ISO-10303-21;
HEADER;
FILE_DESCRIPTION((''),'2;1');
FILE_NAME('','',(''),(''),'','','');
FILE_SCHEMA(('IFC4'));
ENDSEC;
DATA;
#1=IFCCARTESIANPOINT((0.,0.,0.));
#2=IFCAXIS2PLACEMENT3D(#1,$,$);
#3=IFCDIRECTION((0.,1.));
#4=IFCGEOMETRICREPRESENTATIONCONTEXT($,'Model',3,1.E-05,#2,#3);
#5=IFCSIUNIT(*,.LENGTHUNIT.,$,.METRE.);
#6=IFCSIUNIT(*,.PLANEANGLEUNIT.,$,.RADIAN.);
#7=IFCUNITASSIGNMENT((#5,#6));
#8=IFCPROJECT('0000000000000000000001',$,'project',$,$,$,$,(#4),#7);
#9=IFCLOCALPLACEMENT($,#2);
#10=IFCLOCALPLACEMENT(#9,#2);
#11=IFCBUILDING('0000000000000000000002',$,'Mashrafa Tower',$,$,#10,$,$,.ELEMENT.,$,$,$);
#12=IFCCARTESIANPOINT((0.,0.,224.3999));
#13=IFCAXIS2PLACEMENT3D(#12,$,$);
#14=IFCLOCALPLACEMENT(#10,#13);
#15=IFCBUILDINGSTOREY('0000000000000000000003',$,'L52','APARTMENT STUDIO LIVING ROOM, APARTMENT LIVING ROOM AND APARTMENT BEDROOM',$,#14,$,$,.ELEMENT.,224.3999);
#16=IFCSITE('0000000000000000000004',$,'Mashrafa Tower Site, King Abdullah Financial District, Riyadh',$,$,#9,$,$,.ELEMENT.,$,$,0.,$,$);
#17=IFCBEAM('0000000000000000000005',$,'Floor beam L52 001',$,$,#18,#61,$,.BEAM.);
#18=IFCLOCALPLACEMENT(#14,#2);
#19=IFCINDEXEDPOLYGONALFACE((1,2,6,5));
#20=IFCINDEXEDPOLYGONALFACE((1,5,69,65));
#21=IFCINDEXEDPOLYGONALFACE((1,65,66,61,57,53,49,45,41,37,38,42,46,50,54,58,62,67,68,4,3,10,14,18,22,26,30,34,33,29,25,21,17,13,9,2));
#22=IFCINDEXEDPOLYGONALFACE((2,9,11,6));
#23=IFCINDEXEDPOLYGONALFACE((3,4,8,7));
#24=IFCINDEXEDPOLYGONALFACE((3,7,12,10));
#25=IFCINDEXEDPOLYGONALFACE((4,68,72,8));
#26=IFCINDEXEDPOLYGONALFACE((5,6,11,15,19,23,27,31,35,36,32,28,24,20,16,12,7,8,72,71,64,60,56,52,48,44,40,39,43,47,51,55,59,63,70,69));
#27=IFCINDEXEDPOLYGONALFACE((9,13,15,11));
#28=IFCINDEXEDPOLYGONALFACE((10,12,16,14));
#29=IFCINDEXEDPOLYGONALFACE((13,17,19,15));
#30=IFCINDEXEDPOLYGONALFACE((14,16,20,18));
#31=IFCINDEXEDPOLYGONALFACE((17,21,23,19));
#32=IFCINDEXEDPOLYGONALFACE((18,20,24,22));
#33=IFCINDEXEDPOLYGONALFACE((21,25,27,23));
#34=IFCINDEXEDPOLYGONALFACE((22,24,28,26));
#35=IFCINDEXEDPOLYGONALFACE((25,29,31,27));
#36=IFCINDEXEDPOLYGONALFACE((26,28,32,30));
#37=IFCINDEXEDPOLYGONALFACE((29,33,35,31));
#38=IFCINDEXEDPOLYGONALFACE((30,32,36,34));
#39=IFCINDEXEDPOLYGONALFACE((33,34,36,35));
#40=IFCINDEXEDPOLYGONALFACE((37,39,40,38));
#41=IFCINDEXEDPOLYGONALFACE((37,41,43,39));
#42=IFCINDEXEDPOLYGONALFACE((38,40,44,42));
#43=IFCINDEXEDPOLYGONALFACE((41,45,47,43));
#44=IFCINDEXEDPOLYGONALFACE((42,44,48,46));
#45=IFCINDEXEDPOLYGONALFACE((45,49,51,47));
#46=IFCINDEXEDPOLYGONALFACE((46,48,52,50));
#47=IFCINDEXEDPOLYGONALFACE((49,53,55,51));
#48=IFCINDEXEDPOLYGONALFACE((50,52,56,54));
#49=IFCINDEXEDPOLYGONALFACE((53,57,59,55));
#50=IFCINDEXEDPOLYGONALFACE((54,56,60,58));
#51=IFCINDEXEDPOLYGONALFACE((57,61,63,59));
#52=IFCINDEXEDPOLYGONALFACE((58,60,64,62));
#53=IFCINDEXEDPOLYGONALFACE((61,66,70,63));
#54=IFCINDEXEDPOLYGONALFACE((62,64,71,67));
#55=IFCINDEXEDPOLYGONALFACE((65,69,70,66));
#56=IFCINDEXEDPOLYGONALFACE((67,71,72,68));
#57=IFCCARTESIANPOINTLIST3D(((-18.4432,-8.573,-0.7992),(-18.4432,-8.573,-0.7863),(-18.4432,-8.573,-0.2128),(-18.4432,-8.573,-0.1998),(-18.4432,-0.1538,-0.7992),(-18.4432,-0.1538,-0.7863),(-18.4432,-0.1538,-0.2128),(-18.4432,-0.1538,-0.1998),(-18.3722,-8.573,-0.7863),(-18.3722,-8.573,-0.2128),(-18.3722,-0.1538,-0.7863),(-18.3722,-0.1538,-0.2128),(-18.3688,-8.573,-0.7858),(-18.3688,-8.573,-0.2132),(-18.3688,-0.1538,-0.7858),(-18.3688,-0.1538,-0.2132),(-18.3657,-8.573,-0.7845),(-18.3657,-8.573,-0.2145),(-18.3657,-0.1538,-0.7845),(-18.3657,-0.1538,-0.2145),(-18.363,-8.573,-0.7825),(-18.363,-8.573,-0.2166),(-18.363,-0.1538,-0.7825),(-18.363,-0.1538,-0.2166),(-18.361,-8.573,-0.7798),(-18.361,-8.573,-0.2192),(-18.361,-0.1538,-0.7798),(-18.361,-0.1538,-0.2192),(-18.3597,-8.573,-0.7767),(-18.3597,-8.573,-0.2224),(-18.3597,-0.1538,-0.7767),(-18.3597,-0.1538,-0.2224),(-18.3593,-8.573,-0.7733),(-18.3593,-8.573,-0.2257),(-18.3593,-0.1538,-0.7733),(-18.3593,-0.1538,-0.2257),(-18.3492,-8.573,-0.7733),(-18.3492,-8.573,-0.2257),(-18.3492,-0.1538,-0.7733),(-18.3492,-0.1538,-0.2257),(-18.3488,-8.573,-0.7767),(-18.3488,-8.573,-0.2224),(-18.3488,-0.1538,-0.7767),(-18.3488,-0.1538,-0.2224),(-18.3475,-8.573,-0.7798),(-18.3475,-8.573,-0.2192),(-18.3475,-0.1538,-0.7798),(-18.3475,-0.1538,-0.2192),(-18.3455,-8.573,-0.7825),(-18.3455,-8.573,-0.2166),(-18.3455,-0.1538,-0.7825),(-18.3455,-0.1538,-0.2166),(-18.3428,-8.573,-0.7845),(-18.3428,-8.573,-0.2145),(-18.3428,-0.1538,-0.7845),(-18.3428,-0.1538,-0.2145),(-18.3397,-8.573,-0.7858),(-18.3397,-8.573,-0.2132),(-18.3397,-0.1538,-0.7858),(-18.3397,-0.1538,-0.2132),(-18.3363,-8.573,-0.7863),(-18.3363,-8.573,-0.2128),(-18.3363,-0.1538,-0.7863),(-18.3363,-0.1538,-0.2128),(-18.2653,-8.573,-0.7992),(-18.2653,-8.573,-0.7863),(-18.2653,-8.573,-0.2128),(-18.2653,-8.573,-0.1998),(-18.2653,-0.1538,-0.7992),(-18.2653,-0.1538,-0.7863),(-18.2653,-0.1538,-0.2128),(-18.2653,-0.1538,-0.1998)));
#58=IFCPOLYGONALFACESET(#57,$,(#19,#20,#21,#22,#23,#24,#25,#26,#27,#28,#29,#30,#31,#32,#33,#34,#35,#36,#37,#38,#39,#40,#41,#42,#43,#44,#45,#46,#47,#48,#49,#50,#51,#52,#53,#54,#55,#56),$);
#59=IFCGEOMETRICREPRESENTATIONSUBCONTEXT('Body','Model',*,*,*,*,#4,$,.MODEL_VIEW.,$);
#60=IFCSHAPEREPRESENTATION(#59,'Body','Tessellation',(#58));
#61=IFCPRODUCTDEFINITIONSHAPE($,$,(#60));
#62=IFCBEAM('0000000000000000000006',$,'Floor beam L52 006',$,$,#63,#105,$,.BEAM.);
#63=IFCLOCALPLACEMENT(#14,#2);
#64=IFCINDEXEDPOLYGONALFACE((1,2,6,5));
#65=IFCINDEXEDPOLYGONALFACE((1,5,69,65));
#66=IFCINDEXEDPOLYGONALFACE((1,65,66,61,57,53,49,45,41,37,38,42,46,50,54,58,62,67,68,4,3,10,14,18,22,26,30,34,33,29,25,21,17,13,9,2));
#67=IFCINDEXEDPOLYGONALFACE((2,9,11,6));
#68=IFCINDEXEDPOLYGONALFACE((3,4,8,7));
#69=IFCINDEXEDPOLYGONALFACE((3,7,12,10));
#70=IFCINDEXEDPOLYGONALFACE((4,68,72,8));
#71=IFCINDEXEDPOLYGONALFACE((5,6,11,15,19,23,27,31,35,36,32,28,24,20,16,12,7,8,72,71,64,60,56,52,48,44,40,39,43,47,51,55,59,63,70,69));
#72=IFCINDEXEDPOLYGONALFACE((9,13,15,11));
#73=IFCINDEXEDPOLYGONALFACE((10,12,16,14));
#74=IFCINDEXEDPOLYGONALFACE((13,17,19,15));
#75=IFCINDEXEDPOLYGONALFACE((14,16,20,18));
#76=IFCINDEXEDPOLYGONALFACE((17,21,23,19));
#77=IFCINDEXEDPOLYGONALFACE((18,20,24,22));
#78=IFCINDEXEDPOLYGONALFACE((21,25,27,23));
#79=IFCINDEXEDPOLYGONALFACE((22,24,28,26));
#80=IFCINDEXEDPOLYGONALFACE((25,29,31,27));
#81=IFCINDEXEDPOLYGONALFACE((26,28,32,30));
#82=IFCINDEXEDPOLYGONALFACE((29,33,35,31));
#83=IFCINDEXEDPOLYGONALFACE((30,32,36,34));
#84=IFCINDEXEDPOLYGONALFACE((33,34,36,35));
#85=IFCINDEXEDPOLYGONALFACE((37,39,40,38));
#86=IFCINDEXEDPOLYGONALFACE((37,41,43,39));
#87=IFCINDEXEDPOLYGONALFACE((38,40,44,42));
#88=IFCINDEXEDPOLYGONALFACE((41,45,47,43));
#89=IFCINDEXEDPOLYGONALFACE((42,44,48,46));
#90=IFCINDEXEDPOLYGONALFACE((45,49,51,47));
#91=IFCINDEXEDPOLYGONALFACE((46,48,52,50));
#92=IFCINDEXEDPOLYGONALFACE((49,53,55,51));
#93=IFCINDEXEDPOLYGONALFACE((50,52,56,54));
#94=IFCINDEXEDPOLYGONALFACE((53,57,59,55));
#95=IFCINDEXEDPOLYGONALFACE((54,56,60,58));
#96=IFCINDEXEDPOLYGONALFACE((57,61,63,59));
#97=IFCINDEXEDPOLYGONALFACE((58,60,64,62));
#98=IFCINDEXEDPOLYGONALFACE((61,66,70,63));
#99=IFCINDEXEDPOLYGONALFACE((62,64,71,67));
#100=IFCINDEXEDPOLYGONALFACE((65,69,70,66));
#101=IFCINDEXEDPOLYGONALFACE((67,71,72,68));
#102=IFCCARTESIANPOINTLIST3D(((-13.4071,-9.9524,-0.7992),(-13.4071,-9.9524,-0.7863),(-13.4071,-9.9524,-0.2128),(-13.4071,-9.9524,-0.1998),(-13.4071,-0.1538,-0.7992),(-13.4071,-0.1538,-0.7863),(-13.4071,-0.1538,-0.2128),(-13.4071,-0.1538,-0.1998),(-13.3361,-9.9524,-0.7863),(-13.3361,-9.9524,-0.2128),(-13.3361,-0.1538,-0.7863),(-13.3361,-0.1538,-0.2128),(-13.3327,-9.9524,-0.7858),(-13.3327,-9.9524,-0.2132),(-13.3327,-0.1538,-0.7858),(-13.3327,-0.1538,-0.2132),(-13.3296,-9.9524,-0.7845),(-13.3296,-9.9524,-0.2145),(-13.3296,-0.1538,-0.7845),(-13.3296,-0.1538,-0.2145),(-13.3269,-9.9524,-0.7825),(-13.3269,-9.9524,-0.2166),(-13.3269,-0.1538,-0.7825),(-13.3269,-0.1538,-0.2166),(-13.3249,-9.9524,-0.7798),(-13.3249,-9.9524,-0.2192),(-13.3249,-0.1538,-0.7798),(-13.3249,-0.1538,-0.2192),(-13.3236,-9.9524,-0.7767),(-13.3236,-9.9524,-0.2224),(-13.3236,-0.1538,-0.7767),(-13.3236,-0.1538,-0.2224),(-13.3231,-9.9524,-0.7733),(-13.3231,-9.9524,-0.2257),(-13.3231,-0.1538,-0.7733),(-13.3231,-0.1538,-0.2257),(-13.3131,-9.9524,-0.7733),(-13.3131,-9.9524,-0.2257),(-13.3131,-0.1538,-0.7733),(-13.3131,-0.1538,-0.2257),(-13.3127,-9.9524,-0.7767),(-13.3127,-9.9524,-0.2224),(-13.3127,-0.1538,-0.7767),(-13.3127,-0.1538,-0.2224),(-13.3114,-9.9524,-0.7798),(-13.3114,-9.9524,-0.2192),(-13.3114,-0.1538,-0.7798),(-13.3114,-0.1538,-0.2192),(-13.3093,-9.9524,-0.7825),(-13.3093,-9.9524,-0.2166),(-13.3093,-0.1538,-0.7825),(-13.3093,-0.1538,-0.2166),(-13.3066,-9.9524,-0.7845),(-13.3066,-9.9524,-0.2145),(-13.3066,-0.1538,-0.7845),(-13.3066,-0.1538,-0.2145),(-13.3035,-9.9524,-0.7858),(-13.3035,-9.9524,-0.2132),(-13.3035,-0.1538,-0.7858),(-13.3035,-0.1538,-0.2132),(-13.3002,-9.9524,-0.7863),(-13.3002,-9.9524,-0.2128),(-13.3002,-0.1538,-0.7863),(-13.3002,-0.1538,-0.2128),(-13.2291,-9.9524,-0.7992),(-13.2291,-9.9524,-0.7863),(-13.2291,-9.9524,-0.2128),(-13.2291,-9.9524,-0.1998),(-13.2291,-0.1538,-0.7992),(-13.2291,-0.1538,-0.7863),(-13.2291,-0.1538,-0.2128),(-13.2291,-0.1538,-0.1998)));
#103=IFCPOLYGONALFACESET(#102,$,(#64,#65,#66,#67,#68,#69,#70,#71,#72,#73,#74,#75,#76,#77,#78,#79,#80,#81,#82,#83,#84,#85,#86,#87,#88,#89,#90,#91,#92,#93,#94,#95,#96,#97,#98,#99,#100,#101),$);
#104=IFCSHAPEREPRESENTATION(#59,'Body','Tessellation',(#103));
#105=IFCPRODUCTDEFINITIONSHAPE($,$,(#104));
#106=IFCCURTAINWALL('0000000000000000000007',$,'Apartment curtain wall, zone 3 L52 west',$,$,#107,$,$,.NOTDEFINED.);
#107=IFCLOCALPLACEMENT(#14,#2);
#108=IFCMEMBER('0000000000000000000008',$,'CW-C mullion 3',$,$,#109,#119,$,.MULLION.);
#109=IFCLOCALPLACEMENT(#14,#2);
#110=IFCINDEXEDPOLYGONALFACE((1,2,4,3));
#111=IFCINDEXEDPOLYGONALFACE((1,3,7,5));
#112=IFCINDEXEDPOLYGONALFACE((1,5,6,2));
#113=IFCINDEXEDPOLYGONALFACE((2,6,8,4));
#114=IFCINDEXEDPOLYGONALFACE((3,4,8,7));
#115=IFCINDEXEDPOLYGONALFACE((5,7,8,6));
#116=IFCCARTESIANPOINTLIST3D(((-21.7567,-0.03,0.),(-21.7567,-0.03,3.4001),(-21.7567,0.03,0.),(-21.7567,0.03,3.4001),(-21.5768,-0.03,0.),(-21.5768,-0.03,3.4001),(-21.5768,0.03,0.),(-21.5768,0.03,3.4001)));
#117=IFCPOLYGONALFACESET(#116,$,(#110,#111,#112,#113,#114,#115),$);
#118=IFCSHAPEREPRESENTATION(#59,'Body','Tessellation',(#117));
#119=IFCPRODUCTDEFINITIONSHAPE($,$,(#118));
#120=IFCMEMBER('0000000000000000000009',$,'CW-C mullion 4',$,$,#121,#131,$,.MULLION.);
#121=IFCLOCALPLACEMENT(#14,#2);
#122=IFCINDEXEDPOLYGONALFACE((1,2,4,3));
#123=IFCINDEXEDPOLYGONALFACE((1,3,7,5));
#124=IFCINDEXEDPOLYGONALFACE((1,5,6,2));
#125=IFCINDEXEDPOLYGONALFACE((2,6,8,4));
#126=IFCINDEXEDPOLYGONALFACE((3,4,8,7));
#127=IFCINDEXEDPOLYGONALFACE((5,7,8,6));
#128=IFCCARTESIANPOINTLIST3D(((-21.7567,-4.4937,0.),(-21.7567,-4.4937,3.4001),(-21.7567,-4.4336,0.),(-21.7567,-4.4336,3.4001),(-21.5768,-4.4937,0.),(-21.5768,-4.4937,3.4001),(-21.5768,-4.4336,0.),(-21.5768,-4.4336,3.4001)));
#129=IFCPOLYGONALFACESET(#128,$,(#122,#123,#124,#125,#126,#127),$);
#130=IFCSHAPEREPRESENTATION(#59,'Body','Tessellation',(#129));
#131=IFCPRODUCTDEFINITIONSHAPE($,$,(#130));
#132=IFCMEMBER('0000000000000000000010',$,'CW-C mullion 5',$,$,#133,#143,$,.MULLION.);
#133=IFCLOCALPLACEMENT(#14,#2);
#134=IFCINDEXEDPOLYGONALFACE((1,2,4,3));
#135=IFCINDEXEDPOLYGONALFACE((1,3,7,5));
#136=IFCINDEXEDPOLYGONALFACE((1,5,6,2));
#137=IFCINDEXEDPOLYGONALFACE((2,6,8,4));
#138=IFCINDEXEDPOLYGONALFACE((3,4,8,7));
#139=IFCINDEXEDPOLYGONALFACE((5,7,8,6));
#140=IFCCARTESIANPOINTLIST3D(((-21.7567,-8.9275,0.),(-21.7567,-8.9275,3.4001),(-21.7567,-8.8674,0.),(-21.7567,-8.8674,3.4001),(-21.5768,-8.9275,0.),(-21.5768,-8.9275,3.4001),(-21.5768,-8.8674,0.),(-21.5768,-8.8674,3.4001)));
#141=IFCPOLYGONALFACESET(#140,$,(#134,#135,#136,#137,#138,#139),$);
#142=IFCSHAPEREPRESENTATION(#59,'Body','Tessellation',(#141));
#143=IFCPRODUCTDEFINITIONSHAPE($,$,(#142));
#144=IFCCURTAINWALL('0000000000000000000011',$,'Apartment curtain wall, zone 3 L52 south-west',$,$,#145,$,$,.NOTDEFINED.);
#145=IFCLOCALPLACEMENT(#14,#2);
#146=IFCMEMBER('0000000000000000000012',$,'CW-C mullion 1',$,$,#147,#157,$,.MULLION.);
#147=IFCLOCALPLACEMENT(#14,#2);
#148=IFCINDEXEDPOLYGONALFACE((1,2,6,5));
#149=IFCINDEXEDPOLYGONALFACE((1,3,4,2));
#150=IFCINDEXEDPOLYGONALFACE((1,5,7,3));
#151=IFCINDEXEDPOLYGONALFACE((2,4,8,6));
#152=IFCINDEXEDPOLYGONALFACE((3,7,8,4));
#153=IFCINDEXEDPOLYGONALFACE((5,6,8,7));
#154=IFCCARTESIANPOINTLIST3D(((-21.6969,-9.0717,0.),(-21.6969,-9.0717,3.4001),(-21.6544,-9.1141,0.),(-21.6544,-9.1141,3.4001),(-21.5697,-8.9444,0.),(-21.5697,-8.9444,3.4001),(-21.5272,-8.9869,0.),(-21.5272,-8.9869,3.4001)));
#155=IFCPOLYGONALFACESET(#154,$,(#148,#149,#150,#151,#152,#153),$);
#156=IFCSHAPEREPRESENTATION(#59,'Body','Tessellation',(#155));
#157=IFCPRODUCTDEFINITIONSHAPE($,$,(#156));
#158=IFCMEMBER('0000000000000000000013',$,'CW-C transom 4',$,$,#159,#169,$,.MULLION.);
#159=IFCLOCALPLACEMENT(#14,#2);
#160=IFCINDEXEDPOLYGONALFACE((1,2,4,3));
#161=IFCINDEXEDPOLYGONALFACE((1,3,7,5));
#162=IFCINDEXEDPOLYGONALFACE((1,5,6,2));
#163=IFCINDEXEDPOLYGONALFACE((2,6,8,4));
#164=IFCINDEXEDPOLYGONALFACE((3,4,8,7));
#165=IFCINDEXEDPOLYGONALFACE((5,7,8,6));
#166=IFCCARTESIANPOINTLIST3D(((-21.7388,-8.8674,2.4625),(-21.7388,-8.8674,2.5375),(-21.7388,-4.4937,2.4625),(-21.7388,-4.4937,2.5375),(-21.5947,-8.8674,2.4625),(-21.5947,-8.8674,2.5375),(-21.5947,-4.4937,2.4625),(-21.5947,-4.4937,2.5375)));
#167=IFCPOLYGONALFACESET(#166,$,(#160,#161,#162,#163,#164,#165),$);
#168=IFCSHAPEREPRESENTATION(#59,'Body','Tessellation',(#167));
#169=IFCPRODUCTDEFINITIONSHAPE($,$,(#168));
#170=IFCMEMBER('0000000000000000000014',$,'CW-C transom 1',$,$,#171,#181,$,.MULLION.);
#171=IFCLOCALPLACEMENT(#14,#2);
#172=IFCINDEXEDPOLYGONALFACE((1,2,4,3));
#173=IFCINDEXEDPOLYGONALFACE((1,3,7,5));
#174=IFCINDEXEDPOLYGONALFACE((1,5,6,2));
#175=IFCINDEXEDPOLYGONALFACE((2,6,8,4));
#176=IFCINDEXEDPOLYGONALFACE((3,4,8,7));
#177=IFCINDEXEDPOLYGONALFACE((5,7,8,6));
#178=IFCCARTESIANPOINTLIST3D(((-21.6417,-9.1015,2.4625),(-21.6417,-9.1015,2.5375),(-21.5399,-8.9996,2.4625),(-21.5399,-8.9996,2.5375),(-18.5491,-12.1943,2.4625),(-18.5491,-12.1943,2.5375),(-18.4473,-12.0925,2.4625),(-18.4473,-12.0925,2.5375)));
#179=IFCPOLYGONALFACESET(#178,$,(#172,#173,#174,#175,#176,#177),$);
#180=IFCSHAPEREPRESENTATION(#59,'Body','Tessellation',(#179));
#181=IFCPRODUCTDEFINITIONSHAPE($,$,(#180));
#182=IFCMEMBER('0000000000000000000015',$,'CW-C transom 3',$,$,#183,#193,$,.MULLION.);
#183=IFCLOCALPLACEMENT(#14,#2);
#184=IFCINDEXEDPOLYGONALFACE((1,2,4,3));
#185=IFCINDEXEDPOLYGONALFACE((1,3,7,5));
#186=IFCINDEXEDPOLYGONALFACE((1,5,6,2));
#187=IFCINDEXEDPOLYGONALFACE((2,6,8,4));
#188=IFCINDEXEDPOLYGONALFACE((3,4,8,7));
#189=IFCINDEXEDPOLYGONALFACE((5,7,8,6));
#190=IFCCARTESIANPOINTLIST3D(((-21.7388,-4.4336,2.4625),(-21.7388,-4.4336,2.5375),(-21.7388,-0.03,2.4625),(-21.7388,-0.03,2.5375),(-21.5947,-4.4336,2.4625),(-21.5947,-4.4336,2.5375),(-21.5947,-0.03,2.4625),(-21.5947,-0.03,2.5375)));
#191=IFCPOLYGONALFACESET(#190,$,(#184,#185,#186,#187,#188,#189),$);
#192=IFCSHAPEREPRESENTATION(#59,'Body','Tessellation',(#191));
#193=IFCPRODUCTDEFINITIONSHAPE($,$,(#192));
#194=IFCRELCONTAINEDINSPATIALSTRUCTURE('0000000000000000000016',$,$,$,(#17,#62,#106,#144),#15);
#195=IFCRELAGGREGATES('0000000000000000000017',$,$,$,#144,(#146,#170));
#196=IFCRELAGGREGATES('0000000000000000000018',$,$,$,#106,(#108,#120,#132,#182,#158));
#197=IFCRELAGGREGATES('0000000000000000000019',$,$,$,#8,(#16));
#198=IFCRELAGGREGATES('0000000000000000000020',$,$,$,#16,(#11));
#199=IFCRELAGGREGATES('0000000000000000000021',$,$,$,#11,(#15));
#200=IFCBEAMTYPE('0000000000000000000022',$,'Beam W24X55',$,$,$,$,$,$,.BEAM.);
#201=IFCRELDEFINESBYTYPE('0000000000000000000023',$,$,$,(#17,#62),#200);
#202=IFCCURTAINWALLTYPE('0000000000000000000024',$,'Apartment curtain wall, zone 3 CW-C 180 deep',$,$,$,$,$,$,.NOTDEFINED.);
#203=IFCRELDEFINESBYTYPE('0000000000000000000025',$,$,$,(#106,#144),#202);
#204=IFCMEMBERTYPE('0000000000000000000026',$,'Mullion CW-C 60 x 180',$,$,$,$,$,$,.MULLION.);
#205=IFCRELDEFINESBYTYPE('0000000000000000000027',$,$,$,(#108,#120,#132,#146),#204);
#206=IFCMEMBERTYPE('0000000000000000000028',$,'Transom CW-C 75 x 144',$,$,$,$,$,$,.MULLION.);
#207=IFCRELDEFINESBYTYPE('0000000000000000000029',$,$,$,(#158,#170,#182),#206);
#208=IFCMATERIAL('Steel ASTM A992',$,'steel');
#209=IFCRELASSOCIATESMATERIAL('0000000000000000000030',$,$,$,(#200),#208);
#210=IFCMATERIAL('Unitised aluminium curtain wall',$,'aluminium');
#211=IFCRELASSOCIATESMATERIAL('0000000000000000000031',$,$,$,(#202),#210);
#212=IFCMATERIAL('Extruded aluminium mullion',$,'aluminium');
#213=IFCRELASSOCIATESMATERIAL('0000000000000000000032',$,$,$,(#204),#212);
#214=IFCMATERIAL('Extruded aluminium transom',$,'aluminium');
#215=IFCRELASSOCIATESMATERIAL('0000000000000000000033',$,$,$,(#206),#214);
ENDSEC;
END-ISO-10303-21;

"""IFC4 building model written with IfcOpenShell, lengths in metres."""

from ifc_helpers import new_model, si_unit, direction, frame, origin, origin_2d, place, context, subcontext, project, spatial, rectangle, i_section, extrude, source, transform, mapped, material, material_profile, profile_set, type_object, type_shapes, element, aggregate, save


model = new_model("IFC4")

# Units and contexts
model_context = context("Model", 3, precision=1e-05, world=origin(), true_north=direction((0.0, 1.0)))
body_context = subcontext(model_context, "Body", "Model", "MODEL_VIEW")
ifc_project = project(units=[si_unit("LENGTHUNIT", "METRE"), si_unit("PLANEANGLEUNIT", "RADIAN")], contexts=[model_context])

# Site, building, storey
site_placement = place(None, origin())
site = spatial("IfcSite", under=ifc_project, at=site_placement, Name="Mashrafa Tower Site, King Abdullah Financial District, Riyadh", CompositionType="ELEMENT", RefElevation=0.0)
building_placement = place(site_placement, origin())
building = spatial("IfcBuilding", under=site, at=building_placement, Name="Mashrafa Tower", CompositionType="ELEMENT")
storey_placement = place(building_placement, frame((0.0, 0.0, 224.3999)))
storey = spatial("IfcBuildingStorey", under=building, at=storey_placement, Name="L52", Description="APARTMENT STUDIO LIVING ROOM, APARTMENT LIVING ROOM AND APARTMENT BEDROOM", CompositionType="ELEMENT", Elevation=224.3999)

# Beams
ifc_material_1 = material(Name="Steel ASTM A992", Category="steel")
ifc_material_profile_1 = material_profile(ifc_material_1, i_section(OverallWidth=0.178, OverallDepth=0.5994, WebThickness=0.01, FlangeThickness=0.0129, FilletRadius=0.0129, at=origin_2d()), Name="W24X55")
ifc_profile_set_1 = profile_set([ifc_material_profile_1], Name="Steel ASTM A992")
beam_type_1 = type_object("IfcBeamType", Name="Beam W24X55", PredefinedType="BEAM", material=ifc_profile_set_1)
beam_1_placement = place(storey_placement, frame((-18.3542, -8.573, -0.4995), z_axis=(0.0, 1.0, 0.0), x_axis=(-1.0, 0.0, 0.0)))
element("IfcBeam", 1, at=beam_1_placement, inside=storey, type_object=beam_type_1, Name="Floor beam L52 001", PredefinedType="BEAM", context=body_context, shape_type="SweptSolid", body=[
    extrude(i_section(OverallWidth=0.178, OverallDepth=0.5994, WebThickness=0.01, FlangeThickness=0.0129, FilletRadius=0.0129, at=origin_2d()), origin(), (0.0, 0.0, 1.0), 8.4192),
])
beam_2_placement = place(storey_placement, frame((-13.3181, -9.9524, -0.4995), z_axis=(0.0, 1.0, 0.0), x_axis=(-1.0, 0.0, 0.0)))
element("IfcBeam", 2, at=beam_2_placement, inside=storey, type_object=beam_type_1, Name="Floor beam L52 006", PredefinedType="BEAM", context=body_context, shape_type="SweptSolid", body=[
    extrude(i_section(OverallWidth=0.178, OverallDepth=0.5994, WebThickness=0.01, FlangeThickness=0.0129, FilletRadius=0.0129, at=origin_2d()), origin(), (0.0, 0.0, 1.0), 9.7986),
])

# Curtain wall, members
ifc_material_2 = material(Name="Unitised aluminium curtain wall", Category="aluminium")
curtain_wall_type = type_object("IfcCurtainWallType", Name="Apartment curtain wall, zone 3 CW-C 180 deep", PredefinedType="NOTDEFINED", material=ifc_material_2)
curtain_wall_1_placement = place(storey_placement, origin())
curtain_wall_1 = element("IfcCurtainWall", 3, at=curtain_wall_1_placement, inside=storey, type_object=curtain_wall_type, Name="Apartment curtain wall, zone 3 L52 west", PredefinedType="NOTDEFINED")
ifc_material_3 = material(Name="Extruded aluminium mullion", Category="aluminium")
ifc_material_profile_2 = material_profile(ifc_material_3, rectangle(XDim=0.1799, YDim=0.0601, at=origin_2d()), Name="Mullion 60x180")
ifc_profile_set_2 = profile_set([ifc_material_profile_2], Name="Extruded aluminium mullion")
member_type_1 = type_object("IfcMemberType", Name="Mullion CW-C 60 x 180", PredefinedType="MULLION", material=ifc_profile_set_2)
shared_shape_1 = source(origin(), body_context, "Body", "SweptSolid", [
    extrude(rectangle(XDim=0.1799, YDim=0.0601, at=origin_2d()), origin(), (0.0, 0.0, 1.0), 3.4001),
])
type_shapes(member_type_1, [shared_shape_1])
member_1_placement = place(storey_placement, frame((-21.6667, 0.0, 0.0), z_axis=(0.0, 0.0, 1.0), x_axis=(1.0, 0.0, 0.0)))
member_1 = element("IfcMember", 4, at=member_1_placement, type_object=member_type_1, Name="CW-C mullion 3", PredefinedType="MULLION", context=body_context, shape_type="MappedRepresentation", body=[
    mapped(shared_shape_1, transform((0.0, 0.0, 0.0))),
])
member_2_placement = place(storey_placement, frame((-21.6667, -4.4636, 0.0), z_axis=(0.0, 0.0, 1.0), x_axis=(1.0, 0.0, 0.0)))
member_2 = element("IfcMember", 5, at=member_2_placement, type_object=member_type_1, Name="CW-C mullion 4", PredefinedType="MULLION", context=body_context, shape_type="MappedRepresentation", body=[
    mapped(shared_shape_1, transform((0.0, 0.0, 0.0))),
])
member_3_placement = place(storey_placement, frame((-21.6667, -8.8975, 0.0), z_axis=(0.0, 0.0, 1.0), x_axis=(1.0, 0.0, 0.0)))
member_3 = element("IfcMember", 6, at=member_3_placement, type_object=member_type_1, Name="CW-C mullion 5", PredefinedType="MULLION", context=body_context, shape_type="MappedRepresentation", body=[
    mapped(shared_shape_1, transform((0.0, 0.0, 0.0))),
])

# Curtain wall, member
curtain_wall_2_placement = place(storey_placement, origin())
curtain_wall_2 = element("IfcCurtainWall", 7, at=curtain_wall_2_placement, inside=storey, type_object=curtain_wall_type, Name="Apartment curtain wall, zone 3 L52 south-west", PredefinedType="NOTDEFINED")
member_4_placement = place(storey_placement, frame((-21.6121, -9.0293, 0.0), z_axis=(0.0, 0.0, 1.0), x_axis=(0.707107, 0.707107, 0.0)))
member_4 = element("IfcMember", 8, at=member_4_placement, type_object=member_type_1, Name="CW-C mullion 1", PredefinedType="MULLION", context=body_context, shape_type="MappedRepresentation", body=[
    mapped(shared_shape_1, transform((0.0, 0.0, 0.0))),
])

# Members
ifc_material_4 = material(Name="Extruded aluminium transom", Category="aluminium")
ifc_material_profile_3 = material_profile(ifc_material_4, rectangle(XDim=0.144, YDim=0.075, at=origin_2d()), Name="Transom 75x144")
ifc_profile_set_3 = profile_set([ifc_material_profile_3], Name="Extruded aluminium transom")
member_type_2 = type_object("IfcMemberType", Name="Transom CW-C 75 x 144", PredefinedType="MULLION", material=ifc_profile_set_3)
shared_shape_2 = source(origin(), body_context, "Body", "SweptSolid", [
    extrude(rectangle(XDim=0.144, YDim=0.075, at=origin_2d()), origin(), (0.0, 0.0, 1.0), 4.3738),
])
member_5_placement = place(storey_placement, frame((-21.6667, -4.4937, 2.5), z_axis=(0.0, -1.0, 0.0), x_axis=(1.0, 0.0, 0.0)))
member_5 = element("IfcMember", 9, at=member_5_placement, type_object=member_type_2, Name="CW-C transom 4", PredefinedType="MULLION", context=body_context, shape_type="MappedRepresentation", body=[
    mapped(shared_shape_2, transform((0.0, 0.0, 0.0))),
])
member_6_placement = place(storey_placement, frame((-21.5908, -9.0505, 2.5), z_axis=(0.707079, -0.707135, 0.0), x_axis=(0.707135, 0.707079, 0.0)))
member_6 = element("IfcMember", 10, at=member_6_placement, type_object=member_type_2, Name="CW-C transom 1", PredefinedType="MULLION", context=body_context, shape_type="MappedRepresentation", body=[
    mapped(shared_shape_2, transform((0.0, 0.0, 0.0))),
])
shared_shape_3 = source(origin(), body_context, "Body", "SweptSolid", [
    extrude(rectangle(XDim=0.144, YDim=0.075, at=origin_2d()), origin(), (0.0, 0.0, 1.0), 4.4036),
])
type_shapes(member_type_2, [shared_shape_2, shared_shape_3])
member_7_placement = place(storey_placement, frame((-21.6667, -0.03, 2.5), z_axis=(0.0, -1.0, 0.0), x_axis=(1.0, 0.0, 0.0)))
member_7 = element("IfcMember", 11, at=member_7_placement, type_object=member_type_2, Name="CW-C transom 3", PredefinedType="MULLION", context=body_context, shape_type="MappedRepresentation", body=[
    mapped(shared_shape_3, transform((0.0, 0.0, 0.0))),
])

aggregate(curtain_wall_2, [member_4, member_6])
aggregate(curtain_wall_1, [member_1, member_2, member_3, member_7, member_5])

save(model, "model.ifc")
